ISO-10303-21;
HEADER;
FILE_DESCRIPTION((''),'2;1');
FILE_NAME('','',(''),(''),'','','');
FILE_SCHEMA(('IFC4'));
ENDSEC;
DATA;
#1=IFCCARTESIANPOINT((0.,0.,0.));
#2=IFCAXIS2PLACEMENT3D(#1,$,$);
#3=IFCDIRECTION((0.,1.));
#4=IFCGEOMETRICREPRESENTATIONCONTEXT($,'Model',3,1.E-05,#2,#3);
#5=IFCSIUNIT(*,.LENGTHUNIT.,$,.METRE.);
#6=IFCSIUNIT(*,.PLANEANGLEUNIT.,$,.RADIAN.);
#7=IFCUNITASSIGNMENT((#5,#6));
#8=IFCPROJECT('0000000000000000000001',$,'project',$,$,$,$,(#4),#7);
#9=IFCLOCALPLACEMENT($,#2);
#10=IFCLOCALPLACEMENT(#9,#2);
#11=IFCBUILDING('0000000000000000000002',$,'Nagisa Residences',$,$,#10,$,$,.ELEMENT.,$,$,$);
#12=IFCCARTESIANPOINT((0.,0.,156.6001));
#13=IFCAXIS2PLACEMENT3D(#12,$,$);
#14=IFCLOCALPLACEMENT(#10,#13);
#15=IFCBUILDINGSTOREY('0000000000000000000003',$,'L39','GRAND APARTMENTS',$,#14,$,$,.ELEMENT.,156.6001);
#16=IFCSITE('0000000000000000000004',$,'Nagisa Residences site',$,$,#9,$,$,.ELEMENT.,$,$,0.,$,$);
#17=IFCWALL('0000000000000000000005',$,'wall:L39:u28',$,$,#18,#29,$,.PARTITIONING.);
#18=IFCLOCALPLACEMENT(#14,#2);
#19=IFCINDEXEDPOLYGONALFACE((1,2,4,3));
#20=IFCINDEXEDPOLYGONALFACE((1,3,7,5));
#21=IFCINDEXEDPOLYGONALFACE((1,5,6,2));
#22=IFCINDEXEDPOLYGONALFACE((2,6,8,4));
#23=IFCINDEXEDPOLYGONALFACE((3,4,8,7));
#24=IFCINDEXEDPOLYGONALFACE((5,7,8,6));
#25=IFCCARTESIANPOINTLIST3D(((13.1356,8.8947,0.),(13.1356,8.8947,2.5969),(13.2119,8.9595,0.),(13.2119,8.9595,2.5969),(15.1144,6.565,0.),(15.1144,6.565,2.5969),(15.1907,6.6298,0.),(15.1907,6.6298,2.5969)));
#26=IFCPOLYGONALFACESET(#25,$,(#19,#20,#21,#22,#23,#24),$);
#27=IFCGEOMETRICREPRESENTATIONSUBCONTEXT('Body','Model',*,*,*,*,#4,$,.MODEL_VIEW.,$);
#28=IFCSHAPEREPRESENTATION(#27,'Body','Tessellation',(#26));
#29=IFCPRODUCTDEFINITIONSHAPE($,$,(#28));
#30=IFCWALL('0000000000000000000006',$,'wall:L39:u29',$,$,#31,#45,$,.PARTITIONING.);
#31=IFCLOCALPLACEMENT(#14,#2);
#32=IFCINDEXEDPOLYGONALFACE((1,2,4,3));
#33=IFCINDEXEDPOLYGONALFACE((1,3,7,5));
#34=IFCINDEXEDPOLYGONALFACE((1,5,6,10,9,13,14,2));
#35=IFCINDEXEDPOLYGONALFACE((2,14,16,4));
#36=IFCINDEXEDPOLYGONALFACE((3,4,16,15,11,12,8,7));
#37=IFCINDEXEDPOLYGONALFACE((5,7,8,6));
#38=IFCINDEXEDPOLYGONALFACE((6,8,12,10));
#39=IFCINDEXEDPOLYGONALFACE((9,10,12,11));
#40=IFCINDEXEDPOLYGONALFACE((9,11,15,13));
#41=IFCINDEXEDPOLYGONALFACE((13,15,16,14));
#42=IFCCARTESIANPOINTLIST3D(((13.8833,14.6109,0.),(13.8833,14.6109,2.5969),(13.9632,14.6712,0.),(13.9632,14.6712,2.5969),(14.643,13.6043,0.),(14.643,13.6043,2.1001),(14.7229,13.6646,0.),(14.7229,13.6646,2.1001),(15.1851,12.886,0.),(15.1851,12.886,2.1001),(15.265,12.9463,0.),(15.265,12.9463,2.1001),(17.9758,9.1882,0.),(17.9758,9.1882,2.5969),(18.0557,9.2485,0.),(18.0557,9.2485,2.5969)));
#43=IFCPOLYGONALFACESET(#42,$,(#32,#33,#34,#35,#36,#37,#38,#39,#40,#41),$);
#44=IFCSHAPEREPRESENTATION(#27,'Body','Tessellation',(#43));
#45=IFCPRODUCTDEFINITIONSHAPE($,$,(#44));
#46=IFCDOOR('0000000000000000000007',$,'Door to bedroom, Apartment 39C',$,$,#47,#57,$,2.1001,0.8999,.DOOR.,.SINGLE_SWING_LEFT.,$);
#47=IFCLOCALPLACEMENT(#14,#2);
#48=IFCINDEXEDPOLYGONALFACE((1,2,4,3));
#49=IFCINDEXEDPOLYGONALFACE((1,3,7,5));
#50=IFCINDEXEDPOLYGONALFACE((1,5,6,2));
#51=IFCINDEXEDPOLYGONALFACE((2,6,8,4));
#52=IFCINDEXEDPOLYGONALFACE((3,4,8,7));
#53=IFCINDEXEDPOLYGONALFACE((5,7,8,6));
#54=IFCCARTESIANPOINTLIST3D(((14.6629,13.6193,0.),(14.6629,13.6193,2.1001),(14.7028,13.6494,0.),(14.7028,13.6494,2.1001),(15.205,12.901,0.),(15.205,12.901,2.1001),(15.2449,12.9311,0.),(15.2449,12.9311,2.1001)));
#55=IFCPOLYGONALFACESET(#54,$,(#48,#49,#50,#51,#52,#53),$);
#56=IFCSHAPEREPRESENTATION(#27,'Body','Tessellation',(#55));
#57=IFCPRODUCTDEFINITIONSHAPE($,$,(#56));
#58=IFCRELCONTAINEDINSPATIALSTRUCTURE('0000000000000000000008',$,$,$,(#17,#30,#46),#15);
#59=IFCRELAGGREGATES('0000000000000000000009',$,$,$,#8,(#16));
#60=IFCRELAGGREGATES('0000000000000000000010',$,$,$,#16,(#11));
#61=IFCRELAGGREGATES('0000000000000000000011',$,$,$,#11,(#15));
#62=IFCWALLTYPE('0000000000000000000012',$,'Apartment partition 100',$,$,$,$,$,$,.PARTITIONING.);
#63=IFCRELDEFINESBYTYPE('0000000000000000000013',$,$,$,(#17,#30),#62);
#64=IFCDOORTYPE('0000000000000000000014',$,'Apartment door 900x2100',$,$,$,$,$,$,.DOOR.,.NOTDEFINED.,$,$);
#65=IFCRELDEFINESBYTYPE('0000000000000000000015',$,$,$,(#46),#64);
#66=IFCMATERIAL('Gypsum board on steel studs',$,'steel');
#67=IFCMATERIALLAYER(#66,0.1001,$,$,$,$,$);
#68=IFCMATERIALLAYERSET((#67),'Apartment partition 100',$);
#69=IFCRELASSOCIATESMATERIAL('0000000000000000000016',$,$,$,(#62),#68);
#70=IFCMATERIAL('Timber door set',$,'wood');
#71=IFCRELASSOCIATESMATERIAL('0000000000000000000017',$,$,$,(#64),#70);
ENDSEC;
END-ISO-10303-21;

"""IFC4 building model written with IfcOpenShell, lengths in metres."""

from ifc_helpers import new_model, si_unit, direction, frame, frame_2d, origin, place, context, subcontext, project, spatial, rectangle, extrude, material, layer, layer_set, type_object, element, fill, save


model = new_model("IFC4")

# Units and contexts
model_context = context("Model", 3, precision=1e-05, world=origin(), true_north=direction((0.0, 1.0)))
body_context = subcontext(model_context, "Body", "Model", "MODEL_VIEW")
ifc_project = project(units=[si_unit("LENGTHUNIT", "METRE"), si_unit("PLANEANGLEUNIT", "RADIAN")], contexts=[model_context])

# Site, building, storey
site_placement = place(None, origin())
site = spatial("IfcSite", under=ifc_project, at=site_placement, Name="Nagisa Residences site", CompositionType="ELEMENT", RefElevation=0.0)
building_placement = place(site_placement, origin())
building = spatial("IfcBuilding", under=site, at=building_placement, Name="Nagisa Residences", CompositionType="ELEMENT")
storey_placement = place(building_placement, frame((0.0, 0.0, 156.6001)))
storey = spatial("IfcBuildingStorey", under=building, at=storey_placement, Name="L39", Description="GRAND APARTMENTS", CompositionType="ELEMENT", Elevation=156.6001)

# Shared definitions
ifc_material_1 = material(Name="Gypsum board on steel studs", Category="steel")
ifc_layer_1 = layer(ifc_material_1, 0.1001)
ifc_layer_set_1 = layer_set([ifc_layer_1], Name="Apartment partition 100")
wall_type_1 = type_object("IfcWallType", Name="Apartment partition 100", PredefinedType="PARTITIONING", material=ifc_layer_set_1)

# Shared definitions
ifc_material_2 = material(Name="Timber door set", Category="wood")
door_type_1 = type_object("IfcDoorType", Name="Apartment door 900x2100", OperationType="NOTDEFINED", PredefinedType="DOOR", material=ifc_material_2)

# Wall
wall_1_placement = place(storey_placement, frame((15.1526, 6.5974, 0.0), z_axis=(0.0, 0.0, 1.0), x_axis=(-0.647384, 0.762164, 0.0)))
element("IfcWall", 1, at=wall_1_placement, inside=storey, type_object=wall_type_1, Name="wall:L39:u28", PredefinedType="PARTITIONING", context=body_context, shape_type="SweptSolid", body=[
    extrude(rectangle(XDim=3.0566, YDim=0.1001, at=frame_2d((1.5283, 0.0))), origin(), (0.0, 0.0, 1.0), 2.5969),
])

# Wall, opening, door
wall_2_placement = place(storey_placement, frame((18.0159, 9.2183, 0.0), z_axis=(0.0, 0.0, 1.0), x_axis=(-0.602406, 0.798189, 0.0)))
wall_2 = element("IfcWall", 2, at=wall_2_placement, inside=storey, type_object=wall_type_1, Name="wall:L39:u29", PredefinedType="PARTITIONING", context=body_context, shape_type="SweptSolid", body=[
    extrude(rectangle(XDim=6.7937, YDim=0.1001, at=frame_2d((3.397, 0.0))), origin(), (0.0, 0.0, 1.0), 2.5969),
])
opening_1_placement = place(wall_2_placement, frame((4.6328, 0.0, 0.0)))
opening_1 = element("IfcOpeningElement", 3, at=opening_1_placement, cuts=wall_2, PredefinedType="OPENING", context=body_context, shape_type="SweptSolid", body=[
    extrude(rectangle(XDim=0.8999, YDim=2.1001, at=frame_2d((0.45, 1.05))), frame((0.0, 0.0601, 0.0), z_axis=(0.0, -1.0, 0.0), x_axis=(1.0, 0.0, 0.0)), (0.0, 0.0, 1.0), 0.1201),
])
door_1_placement = place(opening_1_placement, frame((0.8999, 0.0, 0.0), x_axis=(-1.0, 0.0, 0.0)))
door_1 = element("IfcDoor", 4, at=door_1_placement, inside=storey, type_object=door_type_1, Name="Door to bedroom, Apartment 39C", OperationType="SINGLE_SWING_LEFT", OverallHeight=2.1001, OverallWidth=0.8999, PredefinedType="DOOR", context=body_context, shape_type="SweptSolid", body=[
    extrude(rectangle(XDim=0.8999, YDim=2.1001, at=frame_2d((0.45, 1.05))), frame((0.0, 0.0249, 0.0), z_axis=(0.0, -1.0, 0.0), x_axis=(1.0, 0.0, 0.0)), (0.0, 0.0, 1.0), 0.05),
])
fill(opening_1, door_1)

save(model, "model.ifc")
